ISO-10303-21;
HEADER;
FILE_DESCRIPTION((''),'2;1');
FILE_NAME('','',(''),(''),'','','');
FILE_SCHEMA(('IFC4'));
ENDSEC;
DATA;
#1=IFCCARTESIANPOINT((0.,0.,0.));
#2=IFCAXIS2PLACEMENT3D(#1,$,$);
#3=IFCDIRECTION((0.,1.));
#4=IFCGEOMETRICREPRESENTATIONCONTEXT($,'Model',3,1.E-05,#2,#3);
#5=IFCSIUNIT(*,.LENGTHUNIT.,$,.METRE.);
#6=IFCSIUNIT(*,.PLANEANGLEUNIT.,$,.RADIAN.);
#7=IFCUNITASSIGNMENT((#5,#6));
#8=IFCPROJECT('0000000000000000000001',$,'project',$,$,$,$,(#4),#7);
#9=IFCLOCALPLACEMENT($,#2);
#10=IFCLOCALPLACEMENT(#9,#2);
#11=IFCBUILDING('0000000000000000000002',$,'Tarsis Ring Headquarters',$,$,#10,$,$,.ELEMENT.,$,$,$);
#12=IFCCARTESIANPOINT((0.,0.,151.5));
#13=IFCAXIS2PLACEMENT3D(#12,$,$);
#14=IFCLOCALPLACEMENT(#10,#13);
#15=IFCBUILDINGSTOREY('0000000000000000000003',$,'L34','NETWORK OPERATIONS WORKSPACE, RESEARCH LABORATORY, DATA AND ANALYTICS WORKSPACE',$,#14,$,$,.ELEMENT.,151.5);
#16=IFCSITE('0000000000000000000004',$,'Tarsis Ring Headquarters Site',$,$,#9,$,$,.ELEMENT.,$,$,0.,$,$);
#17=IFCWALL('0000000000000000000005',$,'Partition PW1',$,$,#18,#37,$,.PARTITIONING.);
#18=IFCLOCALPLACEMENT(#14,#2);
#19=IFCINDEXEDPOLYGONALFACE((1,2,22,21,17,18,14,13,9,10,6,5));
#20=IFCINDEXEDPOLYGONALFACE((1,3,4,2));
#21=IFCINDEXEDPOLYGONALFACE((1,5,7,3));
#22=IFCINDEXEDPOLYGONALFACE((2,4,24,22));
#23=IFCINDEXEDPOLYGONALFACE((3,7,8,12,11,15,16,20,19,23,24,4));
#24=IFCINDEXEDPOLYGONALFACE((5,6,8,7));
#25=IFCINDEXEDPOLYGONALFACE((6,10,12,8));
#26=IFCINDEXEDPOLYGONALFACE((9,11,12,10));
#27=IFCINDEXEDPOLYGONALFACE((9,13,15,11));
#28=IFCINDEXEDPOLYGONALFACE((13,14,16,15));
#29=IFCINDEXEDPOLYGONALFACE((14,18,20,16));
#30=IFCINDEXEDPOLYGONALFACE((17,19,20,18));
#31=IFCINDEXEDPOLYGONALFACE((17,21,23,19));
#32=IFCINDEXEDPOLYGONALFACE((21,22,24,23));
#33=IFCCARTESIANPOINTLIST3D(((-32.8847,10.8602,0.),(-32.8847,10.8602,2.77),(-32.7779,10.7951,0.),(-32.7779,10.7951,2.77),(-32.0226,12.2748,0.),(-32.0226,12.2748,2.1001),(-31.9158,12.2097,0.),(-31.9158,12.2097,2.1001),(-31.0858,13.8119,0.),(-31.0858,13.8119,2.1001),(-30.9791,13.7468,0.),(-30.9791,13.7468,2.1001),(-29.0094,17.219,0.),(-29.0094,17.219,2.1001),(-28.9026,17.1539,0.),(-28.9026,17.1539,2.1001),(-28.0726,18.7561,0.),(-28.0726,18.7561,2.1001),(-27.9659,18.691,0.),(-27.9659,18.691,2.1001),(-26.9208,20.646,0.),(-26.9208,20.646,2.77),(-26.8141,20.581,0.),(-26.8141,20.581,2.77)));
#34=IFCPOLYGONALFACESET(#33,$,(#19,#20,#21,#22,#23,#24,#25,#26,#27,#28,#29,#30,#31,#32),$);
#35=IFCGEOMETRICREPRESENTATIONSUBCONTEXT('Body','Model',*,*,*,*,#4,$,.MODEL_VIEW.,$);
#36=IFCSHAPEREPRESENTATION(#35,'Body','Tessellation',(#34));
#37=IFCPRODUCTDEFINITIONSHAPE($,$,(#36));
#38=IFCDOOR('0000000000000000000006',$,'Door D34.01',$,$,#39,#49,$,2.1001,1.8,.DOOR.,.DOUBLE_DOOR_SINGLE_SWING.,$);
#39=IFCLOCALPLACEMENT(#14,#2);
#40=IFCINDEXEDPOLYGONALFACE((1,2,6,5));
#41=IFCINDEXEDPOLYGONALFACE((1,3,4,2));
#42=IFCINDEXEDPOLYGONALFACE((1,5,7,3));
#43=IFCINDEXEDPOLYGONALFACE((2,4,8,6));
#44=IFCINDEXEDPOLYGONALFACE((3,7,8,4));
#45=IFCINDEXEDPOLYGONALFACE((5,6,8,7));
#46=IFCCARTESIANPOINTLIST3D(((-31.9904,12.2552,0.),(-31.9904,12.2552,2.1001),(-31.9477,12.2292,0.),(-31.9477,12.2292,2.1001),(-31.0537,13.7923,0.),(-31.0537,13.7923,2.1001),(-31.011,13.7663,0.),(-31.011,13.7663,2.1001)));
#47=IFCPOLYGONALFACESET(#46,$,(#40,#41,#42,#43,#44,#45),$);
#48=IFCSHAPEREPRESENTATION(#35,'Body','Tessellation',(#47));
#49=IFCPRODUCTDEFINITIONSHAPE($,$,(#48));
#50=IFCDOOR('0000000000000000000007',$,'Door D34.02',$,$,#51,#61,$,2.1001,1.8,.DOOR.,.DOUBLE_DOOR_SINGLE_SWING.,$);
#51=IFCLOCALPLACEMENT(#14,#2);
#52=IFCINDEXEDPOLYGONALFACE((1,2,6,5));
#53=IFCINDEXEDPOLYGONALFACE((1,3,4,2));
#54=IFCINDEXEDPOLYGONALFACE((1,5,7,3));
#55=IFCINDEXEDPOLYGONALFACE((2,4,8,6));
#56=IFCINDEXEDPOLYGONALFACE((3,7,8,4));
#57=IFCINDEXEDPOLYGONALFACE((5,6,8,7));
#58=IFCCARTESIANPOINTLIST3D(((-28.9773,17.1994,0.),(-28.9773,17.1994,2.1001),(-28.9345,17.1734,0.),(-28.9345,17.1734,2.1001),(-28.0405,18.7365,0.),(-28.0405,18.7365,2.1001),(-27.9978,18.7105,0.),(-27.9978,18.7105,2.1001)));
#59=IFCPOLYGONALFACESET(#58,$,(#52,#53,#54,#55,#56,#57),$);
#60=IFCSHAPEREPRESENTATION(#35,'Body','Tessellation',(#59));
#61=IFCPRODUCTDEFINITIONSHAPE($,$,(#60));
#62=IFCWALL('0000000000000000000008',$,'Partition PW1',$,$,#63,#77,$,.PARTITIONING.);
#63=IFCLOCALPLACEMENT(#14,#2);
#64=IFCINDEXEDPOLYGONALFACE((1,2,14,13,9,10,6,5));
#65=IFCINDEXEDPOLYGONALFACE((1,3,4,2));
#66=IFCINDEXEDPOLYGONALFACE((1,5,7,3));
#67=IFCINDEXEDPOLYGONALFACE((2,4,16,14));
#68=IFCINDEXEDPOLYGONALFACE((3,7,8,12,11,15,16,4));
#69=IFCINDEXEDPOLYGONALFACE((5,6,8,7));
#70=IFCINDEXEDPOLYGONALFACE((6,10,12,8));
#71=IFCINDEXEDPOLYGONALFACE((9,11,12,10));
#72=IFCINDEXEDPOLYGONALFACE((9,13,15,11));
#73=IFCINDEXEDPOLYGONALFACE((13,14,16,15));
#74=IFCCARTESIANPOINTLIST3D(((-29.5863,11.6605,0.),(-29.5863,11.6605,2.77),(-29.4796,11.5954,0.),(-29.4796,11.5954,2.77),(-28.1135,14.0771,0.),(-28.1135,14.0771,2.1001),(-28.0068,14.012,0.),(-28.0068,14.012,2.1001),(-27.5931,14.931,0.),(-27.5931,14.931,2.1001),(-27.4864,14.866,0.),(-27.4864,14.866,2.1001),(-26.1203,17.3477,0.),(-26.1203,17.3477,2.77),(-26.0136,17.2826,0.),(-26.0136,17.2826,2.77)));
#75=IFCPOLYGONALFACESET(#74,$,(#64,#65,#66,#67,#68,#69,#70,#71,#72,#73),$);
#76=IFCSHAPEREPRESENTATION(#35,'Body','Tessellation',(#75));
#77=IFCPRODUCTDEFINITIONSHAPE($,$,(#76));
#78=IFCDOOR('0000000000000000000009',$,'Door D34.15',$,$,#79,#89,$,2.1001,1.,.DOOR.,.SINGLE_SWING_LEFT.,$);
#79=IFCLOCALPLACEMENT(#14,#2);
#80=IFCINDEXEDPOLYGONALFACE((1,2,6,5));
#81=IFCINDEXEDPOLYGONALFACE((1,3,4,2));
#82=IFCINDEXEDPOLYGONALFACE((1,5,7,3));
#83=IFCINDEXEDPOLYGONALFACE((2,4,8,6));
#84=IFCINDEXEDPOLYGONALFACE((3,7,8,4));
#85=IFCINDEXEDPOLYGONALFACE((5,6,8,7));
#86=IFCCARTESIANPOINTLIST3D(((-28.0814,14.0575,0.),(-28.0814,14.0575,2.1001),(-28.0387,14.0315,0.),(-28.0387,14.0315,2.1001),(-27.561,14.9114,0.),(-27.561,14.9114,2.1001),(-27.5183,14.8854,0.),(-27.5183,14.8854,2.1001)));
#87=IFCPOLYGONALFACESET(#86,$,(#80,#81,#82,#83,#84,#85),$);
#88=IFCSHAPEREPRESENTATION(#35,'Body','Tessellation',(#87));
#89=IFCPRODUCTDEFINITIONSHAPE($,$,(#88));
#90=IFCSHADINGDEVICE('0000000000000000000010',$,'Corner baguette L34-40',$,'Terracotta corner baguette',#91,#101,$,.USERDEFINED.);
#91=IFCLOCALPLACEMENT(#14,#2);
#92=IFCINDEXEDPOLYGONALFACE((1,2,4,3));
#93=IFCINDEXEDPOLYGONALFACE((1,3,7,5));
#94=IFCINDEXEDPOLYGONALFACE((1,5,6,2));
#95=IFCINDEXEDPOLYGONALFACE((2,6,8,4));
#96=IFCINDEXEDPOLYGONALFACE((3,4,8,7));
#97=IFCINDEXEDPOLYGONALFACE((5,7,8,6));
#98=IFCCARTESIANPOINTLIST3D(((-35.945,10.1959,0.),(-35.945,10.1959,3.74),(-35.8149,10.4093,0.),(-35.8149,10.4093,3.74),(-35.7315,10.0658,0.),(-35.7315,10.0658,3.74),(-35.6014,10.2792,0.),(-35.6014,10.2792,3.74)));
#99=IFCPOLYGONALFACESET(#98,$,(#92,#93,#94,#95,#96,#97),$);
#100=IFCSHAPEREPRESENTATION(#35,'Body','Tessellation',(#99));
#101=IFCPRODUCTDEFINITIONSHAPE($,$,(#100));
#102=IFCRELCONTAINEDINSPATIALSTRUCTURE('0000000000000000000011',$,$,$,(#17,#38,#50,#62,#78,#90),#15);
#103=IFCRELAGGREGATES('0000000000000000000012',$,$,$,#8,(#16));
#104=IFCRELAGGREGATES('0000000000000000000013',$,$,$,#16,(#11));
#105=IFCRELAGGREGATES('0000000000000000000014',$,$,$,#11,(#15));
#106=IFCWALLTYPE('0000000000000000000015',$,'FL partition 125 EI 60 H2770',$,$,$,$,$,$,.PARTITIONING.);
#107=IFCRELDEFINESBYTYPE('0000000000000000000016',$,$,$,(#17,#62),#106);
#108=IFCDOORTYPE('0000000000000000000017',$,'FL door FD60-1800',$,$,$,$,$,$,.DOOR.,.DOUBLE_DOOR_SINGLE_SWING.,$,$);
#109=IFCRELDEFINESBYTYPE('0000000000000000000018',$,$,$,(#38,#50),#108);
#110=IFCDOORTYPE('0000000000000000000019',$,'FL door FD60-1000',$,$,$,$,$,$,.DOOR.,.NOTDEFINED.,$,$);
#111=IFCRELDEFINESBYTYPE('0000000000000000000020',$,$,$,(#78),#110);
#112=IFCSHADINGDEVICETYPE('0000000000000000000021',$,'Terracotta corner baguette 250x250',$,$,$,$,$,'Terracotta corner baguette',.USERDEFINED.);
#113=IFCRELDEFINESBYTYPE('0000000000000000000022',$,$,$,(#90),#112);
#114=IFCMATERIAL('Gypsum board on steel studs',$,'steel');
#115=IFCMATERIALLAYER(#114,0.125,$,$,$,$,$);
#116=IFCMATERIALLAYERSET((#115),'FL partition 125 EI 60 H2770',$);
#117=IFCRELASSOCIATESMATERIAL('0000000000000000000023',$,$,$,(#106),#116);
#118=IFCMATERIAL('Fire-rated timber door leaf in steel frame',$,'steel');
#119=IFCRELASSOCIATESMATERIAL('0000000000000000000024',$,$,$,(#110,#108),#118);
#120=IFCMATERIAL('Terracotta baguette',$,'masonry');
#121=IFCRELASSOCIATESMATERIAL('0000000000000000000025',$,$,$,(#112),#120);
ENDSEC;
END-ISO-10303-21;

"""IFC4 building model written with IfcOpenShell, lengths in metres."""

from ifc_helpers import new_model, si_unit, direction, frame, frame_2d, origin, origin_2d, place, context, subcontext, project, spatial, rectangle, extrude, material, layer, layer_set, type_object, element, fill, save


model = new_model("IFC4")

# Units and contexts
model_context = context("Model", 3, precision=1e-05, world=origin(), true_north=direction((0.0, 1.0)))
body_context = subcontext(model_context, "Body", "Model", "MODEL_VIEW")
ifc_project = project(units=[si_unit("LENGTHUNIT", "METRE"), si_unit("PLANEANGLEUNIT", "RADIAN")], contexts=[model_context])

# Site, building, storey
site_placement = place(None, origin())
site = spatial("IfcSite", under=ifc_project, at=site_placement, Name="Tarsis Ring Headquarters Site", CompositionType="ELEMENT", RefElevation=0.0)
building_placement = place(site_placement, origin())
building = spatial("IfcBuilding", under=site, at=building_placement, Name="Tarsis Ring Headquarters", CompositionType="ELEMENT")
storey_placement = place(building_placement, frame((0.0, 0.0, 151.5)))
storey = spatial("IfcBuildingStorey", under=building, at=storey_placement, Name="L34", Description="NETWORK OPERATIONS WORKSPACE, RESEARCH LABORATORY, DATA AND ANALYTICS WORKSPACE", CompositionType="ELEMENT", Elevation=151.5)

# Shared definitions
ifc_material_1 = material(Name="Gypsum board on steel studs", Category="steel")
ifc_layer = layer(ifc_material_1, 0.125)
ifc_layer_set = layer_set([ifc_layer], Name="FL partition 125 EI 60 H2770")
wall_type = type_object("IfcWallType", Name="FL partition 125 EI 60 H2770", PredefinedType="PARTITIONING", material=ifc_layer_set)

# Shared definitions
ifc_material_2 = material(Name="Fire-rated timber door leaf in steel frame", Category="steel")
door_type_1 = type_object("IfcDoorType", Name="FL door FD60-1000", OperationType="NOTDEFINED", PredefinedType="DOOR", material=ifc_material_2)

# Wall, openings, doors
wall_1_placement = place(storey_placement, frame((-32.8313, 10.8276, 0.0), z_axis=(0.0, 0.0, 1.0), x_axis=(0.520408, 0.853918, 0.0)))
wall_1 = element("IfcWall", 1, at=wall_1_placement, inside=storey, type_object=wall_type, Name="Partition PW1", PredefinedType="PARTITIONING", context=body_context, shape_type="SweptSolid", body=[
    extrude(rectangle(XDim=11.46, YDim=0.125, at=frame_2d((5.73, 0.0))), origin(), (0.0, 0.0, 1.0), 2.77),
])
opening_1_placement = place(wall_1_placement, frame((1.6567, 0.0, 0.0)))
opening_1 = element("IfcOpeningElement", 2, at=opening_1_placement, cuts=wall_1, PredefinedType="OPENING", context=body_context, shape_type="SweptSolid", body=[
    extrude(rectangle(XDim=1.8, YDim=2.1001, at=frame_2d((0.8999, 1.05))), frame((0.0, 0.0725, 0.0), z_axis=(0.0, -1.0, 0.0), x_axis=(1.0, 0.0, 0.0)), (0.0, 0.0, 1.0), 0.145),
])
opening_2_placement = place(wall_1_placement, frame((7.4468, 0.0, 0.0)))
opening_2 = element("IfcOpeningElement", 3, at=opening_2_placement, cuts=wall_1, PredefinedType="OPENING", context=body_context, shape_type="SweptSolid", body=[
    extrude(rectangle(XDim=1.8, YDim=2.1001, at=frame_2d((0.8999, 1.05))), frame((0.0, 0.0725, 0.0), z_axis=(0.0, -1.0, 0.0), x_axis=(1.0, 0.0, 0.0)), (0.0, 0.0, 1.0), 0.145),
])
door_type_2 = type_object("IfcDoorType", Name="FL door FD60-1800", OperationType="DOUBLE_DOOR_SINGLE_SWING", PredefinedType="DOOR", material=ifc_material_2)
door_1_placement = place(opening_1_placement, origin())
door_1 = element("IfcDoor", 4, at=door_1_placement, inside=storey, type_object=door_type_2, Name="Door D34.01", OperationType="DOUBLE_DOOR_SINGLE_SWING", OverallHeight=2.1001, OverallWidth=1.8, PredefinedType="DOOR", context=body_context, shape_type="SweptSolid", body=[
    extrude(rectangle(XDim=1.8, YDim=2.1001, at=frame_2d((0.8999, 1.05))), frame((0.0, 0.0249, 0.0), z_axis=(0.0, -1.0, 0.0), x_axis=(1.0, 0.0, 0.0)), (0.0, 0.0, 1.0), 0.05),
])
fill(opening_1, door_1)
door_2_placement = place(opening_2_placement, origin())
door_2 = element("IfcDoor", 5, at=door_2_placement, inside=storey, type_object=door_type_2, Name="Door D34.02", OperationType="DOUBLE_DOOR_SINGLE_SWING", OverallHeight=2.1001, OverallWidth=1.8, PredefinedType="DOOR", context=body_context, shape_type="SweptSolid", body=[
    extrude(rectangle(XDim=1.8, YDim=2.1001, at=frame_2d((0.8999, 1.05))), frame((0.0, 0.0249, 0.0), z_axis=(0.0, -1.0, 0.0), x_axis=(1.0, 0.0, 0.0)), (0.0, 0.0, 1.0), 0.05),
])
fill(opening_2, door_2)

# Wall, opening, door
wall_2_placement = place(storey_placement, frame((-29.533, 11.6279, 0.0), z_axis=(0.0, 0.0, 1.0), x_axis=(0.520413, 0.853915, 0.0)))
wall_2 = element("IfcWall", 6, at=wall_2_placement, inside=storey, type_object=wall_type, Name="Partition PW1", PredefinedType="PARTITIONING", context=body_context, shape_type="SweptSolid", body=[
    extrude(rectangle(XDim=6.6602, YDim=0.125, at=frame_2d((3.3301, 0.0))), origin(), (0.0, 0.0, 1.0), 2.77),
])
opening_3_placement = place(wall_2_placement, frame((2.8301, 0.0, 0.0)))
opening_3 = element("IfcOpeningElement", 7, at=opening_3_placement, cuts=wall_2, PredefinedType="OPENING", context=body_context, shape_type="SweptSolid", body=[
    extrude(rectangle(XDim=1.0, YDim=2.1001, at=frame_2d((0.5, 1.05))), frame((0.0, 0.0725, 0.0), z_axis=(0.0, -1.0, 0.0), x_axis=(1.0, 0.0, 0.0)), (0.0, 0.0, 1.0), 0.145),
])
door_3_placement = place(opening_3_placement, origin())
door_3 = element("IfcDoor", 8, at=door_3_placement, inside=storey, type_object=door_type_1, Name="Door D34.15", OperationType="SINGLE_SWING_LEFT", OverallHeight=2.1001, OverallWidth=1.0, PredefinedType="DOOR", context=body_context, shape_type="SweptSolid", body=[
    extrude(rectangle(XDim=1.0, YDim=2.1001, at=frame_2d((0.5, 1.05))), frame((0.0, 0.0249, 0.0), z_axis=(0.0, -1.0, 0.0), x_axis=(1.0, 0.0, 0.0)), (0.0, 0.0, 1.0), 0.05),
])
fill(opening_3, door_3)

# Shading device
ifc_material_3 = material(Name="Terracotta baguette", Category="masonry")
shading_device_type = type_object("IfcShadingDeviceType", Name="Terracotta corner baguette 250x250", ElementType="Terracotta corner baguette", PredefinedType="USERDEFINED", material=ifc_material_3)
shading_device_placement = place(storey_placement, frame((-35.7732, 10.2375, 0.0), z_axis=(0.0, 0.0, 1.0), x_axis=(0.853914, -0.520414, 0.0)))
element("IfcShadingDevice", 9, at=shading_device_placement, inside=storey, type_object=shading_device_type, Name="Corner baguette L34-40", ObjectType="Terracotta corner baguette", PredefinedType="USERDEFINED", context=body_context, shape_type="SweptSolid", body=[
    extrude(rectangle(XDim=0.25, YDim=0.25, at=origin_2d()), origin(), (0.0, 0.0, 1.0), 3.74),
])

save(model, "model.ifc")
